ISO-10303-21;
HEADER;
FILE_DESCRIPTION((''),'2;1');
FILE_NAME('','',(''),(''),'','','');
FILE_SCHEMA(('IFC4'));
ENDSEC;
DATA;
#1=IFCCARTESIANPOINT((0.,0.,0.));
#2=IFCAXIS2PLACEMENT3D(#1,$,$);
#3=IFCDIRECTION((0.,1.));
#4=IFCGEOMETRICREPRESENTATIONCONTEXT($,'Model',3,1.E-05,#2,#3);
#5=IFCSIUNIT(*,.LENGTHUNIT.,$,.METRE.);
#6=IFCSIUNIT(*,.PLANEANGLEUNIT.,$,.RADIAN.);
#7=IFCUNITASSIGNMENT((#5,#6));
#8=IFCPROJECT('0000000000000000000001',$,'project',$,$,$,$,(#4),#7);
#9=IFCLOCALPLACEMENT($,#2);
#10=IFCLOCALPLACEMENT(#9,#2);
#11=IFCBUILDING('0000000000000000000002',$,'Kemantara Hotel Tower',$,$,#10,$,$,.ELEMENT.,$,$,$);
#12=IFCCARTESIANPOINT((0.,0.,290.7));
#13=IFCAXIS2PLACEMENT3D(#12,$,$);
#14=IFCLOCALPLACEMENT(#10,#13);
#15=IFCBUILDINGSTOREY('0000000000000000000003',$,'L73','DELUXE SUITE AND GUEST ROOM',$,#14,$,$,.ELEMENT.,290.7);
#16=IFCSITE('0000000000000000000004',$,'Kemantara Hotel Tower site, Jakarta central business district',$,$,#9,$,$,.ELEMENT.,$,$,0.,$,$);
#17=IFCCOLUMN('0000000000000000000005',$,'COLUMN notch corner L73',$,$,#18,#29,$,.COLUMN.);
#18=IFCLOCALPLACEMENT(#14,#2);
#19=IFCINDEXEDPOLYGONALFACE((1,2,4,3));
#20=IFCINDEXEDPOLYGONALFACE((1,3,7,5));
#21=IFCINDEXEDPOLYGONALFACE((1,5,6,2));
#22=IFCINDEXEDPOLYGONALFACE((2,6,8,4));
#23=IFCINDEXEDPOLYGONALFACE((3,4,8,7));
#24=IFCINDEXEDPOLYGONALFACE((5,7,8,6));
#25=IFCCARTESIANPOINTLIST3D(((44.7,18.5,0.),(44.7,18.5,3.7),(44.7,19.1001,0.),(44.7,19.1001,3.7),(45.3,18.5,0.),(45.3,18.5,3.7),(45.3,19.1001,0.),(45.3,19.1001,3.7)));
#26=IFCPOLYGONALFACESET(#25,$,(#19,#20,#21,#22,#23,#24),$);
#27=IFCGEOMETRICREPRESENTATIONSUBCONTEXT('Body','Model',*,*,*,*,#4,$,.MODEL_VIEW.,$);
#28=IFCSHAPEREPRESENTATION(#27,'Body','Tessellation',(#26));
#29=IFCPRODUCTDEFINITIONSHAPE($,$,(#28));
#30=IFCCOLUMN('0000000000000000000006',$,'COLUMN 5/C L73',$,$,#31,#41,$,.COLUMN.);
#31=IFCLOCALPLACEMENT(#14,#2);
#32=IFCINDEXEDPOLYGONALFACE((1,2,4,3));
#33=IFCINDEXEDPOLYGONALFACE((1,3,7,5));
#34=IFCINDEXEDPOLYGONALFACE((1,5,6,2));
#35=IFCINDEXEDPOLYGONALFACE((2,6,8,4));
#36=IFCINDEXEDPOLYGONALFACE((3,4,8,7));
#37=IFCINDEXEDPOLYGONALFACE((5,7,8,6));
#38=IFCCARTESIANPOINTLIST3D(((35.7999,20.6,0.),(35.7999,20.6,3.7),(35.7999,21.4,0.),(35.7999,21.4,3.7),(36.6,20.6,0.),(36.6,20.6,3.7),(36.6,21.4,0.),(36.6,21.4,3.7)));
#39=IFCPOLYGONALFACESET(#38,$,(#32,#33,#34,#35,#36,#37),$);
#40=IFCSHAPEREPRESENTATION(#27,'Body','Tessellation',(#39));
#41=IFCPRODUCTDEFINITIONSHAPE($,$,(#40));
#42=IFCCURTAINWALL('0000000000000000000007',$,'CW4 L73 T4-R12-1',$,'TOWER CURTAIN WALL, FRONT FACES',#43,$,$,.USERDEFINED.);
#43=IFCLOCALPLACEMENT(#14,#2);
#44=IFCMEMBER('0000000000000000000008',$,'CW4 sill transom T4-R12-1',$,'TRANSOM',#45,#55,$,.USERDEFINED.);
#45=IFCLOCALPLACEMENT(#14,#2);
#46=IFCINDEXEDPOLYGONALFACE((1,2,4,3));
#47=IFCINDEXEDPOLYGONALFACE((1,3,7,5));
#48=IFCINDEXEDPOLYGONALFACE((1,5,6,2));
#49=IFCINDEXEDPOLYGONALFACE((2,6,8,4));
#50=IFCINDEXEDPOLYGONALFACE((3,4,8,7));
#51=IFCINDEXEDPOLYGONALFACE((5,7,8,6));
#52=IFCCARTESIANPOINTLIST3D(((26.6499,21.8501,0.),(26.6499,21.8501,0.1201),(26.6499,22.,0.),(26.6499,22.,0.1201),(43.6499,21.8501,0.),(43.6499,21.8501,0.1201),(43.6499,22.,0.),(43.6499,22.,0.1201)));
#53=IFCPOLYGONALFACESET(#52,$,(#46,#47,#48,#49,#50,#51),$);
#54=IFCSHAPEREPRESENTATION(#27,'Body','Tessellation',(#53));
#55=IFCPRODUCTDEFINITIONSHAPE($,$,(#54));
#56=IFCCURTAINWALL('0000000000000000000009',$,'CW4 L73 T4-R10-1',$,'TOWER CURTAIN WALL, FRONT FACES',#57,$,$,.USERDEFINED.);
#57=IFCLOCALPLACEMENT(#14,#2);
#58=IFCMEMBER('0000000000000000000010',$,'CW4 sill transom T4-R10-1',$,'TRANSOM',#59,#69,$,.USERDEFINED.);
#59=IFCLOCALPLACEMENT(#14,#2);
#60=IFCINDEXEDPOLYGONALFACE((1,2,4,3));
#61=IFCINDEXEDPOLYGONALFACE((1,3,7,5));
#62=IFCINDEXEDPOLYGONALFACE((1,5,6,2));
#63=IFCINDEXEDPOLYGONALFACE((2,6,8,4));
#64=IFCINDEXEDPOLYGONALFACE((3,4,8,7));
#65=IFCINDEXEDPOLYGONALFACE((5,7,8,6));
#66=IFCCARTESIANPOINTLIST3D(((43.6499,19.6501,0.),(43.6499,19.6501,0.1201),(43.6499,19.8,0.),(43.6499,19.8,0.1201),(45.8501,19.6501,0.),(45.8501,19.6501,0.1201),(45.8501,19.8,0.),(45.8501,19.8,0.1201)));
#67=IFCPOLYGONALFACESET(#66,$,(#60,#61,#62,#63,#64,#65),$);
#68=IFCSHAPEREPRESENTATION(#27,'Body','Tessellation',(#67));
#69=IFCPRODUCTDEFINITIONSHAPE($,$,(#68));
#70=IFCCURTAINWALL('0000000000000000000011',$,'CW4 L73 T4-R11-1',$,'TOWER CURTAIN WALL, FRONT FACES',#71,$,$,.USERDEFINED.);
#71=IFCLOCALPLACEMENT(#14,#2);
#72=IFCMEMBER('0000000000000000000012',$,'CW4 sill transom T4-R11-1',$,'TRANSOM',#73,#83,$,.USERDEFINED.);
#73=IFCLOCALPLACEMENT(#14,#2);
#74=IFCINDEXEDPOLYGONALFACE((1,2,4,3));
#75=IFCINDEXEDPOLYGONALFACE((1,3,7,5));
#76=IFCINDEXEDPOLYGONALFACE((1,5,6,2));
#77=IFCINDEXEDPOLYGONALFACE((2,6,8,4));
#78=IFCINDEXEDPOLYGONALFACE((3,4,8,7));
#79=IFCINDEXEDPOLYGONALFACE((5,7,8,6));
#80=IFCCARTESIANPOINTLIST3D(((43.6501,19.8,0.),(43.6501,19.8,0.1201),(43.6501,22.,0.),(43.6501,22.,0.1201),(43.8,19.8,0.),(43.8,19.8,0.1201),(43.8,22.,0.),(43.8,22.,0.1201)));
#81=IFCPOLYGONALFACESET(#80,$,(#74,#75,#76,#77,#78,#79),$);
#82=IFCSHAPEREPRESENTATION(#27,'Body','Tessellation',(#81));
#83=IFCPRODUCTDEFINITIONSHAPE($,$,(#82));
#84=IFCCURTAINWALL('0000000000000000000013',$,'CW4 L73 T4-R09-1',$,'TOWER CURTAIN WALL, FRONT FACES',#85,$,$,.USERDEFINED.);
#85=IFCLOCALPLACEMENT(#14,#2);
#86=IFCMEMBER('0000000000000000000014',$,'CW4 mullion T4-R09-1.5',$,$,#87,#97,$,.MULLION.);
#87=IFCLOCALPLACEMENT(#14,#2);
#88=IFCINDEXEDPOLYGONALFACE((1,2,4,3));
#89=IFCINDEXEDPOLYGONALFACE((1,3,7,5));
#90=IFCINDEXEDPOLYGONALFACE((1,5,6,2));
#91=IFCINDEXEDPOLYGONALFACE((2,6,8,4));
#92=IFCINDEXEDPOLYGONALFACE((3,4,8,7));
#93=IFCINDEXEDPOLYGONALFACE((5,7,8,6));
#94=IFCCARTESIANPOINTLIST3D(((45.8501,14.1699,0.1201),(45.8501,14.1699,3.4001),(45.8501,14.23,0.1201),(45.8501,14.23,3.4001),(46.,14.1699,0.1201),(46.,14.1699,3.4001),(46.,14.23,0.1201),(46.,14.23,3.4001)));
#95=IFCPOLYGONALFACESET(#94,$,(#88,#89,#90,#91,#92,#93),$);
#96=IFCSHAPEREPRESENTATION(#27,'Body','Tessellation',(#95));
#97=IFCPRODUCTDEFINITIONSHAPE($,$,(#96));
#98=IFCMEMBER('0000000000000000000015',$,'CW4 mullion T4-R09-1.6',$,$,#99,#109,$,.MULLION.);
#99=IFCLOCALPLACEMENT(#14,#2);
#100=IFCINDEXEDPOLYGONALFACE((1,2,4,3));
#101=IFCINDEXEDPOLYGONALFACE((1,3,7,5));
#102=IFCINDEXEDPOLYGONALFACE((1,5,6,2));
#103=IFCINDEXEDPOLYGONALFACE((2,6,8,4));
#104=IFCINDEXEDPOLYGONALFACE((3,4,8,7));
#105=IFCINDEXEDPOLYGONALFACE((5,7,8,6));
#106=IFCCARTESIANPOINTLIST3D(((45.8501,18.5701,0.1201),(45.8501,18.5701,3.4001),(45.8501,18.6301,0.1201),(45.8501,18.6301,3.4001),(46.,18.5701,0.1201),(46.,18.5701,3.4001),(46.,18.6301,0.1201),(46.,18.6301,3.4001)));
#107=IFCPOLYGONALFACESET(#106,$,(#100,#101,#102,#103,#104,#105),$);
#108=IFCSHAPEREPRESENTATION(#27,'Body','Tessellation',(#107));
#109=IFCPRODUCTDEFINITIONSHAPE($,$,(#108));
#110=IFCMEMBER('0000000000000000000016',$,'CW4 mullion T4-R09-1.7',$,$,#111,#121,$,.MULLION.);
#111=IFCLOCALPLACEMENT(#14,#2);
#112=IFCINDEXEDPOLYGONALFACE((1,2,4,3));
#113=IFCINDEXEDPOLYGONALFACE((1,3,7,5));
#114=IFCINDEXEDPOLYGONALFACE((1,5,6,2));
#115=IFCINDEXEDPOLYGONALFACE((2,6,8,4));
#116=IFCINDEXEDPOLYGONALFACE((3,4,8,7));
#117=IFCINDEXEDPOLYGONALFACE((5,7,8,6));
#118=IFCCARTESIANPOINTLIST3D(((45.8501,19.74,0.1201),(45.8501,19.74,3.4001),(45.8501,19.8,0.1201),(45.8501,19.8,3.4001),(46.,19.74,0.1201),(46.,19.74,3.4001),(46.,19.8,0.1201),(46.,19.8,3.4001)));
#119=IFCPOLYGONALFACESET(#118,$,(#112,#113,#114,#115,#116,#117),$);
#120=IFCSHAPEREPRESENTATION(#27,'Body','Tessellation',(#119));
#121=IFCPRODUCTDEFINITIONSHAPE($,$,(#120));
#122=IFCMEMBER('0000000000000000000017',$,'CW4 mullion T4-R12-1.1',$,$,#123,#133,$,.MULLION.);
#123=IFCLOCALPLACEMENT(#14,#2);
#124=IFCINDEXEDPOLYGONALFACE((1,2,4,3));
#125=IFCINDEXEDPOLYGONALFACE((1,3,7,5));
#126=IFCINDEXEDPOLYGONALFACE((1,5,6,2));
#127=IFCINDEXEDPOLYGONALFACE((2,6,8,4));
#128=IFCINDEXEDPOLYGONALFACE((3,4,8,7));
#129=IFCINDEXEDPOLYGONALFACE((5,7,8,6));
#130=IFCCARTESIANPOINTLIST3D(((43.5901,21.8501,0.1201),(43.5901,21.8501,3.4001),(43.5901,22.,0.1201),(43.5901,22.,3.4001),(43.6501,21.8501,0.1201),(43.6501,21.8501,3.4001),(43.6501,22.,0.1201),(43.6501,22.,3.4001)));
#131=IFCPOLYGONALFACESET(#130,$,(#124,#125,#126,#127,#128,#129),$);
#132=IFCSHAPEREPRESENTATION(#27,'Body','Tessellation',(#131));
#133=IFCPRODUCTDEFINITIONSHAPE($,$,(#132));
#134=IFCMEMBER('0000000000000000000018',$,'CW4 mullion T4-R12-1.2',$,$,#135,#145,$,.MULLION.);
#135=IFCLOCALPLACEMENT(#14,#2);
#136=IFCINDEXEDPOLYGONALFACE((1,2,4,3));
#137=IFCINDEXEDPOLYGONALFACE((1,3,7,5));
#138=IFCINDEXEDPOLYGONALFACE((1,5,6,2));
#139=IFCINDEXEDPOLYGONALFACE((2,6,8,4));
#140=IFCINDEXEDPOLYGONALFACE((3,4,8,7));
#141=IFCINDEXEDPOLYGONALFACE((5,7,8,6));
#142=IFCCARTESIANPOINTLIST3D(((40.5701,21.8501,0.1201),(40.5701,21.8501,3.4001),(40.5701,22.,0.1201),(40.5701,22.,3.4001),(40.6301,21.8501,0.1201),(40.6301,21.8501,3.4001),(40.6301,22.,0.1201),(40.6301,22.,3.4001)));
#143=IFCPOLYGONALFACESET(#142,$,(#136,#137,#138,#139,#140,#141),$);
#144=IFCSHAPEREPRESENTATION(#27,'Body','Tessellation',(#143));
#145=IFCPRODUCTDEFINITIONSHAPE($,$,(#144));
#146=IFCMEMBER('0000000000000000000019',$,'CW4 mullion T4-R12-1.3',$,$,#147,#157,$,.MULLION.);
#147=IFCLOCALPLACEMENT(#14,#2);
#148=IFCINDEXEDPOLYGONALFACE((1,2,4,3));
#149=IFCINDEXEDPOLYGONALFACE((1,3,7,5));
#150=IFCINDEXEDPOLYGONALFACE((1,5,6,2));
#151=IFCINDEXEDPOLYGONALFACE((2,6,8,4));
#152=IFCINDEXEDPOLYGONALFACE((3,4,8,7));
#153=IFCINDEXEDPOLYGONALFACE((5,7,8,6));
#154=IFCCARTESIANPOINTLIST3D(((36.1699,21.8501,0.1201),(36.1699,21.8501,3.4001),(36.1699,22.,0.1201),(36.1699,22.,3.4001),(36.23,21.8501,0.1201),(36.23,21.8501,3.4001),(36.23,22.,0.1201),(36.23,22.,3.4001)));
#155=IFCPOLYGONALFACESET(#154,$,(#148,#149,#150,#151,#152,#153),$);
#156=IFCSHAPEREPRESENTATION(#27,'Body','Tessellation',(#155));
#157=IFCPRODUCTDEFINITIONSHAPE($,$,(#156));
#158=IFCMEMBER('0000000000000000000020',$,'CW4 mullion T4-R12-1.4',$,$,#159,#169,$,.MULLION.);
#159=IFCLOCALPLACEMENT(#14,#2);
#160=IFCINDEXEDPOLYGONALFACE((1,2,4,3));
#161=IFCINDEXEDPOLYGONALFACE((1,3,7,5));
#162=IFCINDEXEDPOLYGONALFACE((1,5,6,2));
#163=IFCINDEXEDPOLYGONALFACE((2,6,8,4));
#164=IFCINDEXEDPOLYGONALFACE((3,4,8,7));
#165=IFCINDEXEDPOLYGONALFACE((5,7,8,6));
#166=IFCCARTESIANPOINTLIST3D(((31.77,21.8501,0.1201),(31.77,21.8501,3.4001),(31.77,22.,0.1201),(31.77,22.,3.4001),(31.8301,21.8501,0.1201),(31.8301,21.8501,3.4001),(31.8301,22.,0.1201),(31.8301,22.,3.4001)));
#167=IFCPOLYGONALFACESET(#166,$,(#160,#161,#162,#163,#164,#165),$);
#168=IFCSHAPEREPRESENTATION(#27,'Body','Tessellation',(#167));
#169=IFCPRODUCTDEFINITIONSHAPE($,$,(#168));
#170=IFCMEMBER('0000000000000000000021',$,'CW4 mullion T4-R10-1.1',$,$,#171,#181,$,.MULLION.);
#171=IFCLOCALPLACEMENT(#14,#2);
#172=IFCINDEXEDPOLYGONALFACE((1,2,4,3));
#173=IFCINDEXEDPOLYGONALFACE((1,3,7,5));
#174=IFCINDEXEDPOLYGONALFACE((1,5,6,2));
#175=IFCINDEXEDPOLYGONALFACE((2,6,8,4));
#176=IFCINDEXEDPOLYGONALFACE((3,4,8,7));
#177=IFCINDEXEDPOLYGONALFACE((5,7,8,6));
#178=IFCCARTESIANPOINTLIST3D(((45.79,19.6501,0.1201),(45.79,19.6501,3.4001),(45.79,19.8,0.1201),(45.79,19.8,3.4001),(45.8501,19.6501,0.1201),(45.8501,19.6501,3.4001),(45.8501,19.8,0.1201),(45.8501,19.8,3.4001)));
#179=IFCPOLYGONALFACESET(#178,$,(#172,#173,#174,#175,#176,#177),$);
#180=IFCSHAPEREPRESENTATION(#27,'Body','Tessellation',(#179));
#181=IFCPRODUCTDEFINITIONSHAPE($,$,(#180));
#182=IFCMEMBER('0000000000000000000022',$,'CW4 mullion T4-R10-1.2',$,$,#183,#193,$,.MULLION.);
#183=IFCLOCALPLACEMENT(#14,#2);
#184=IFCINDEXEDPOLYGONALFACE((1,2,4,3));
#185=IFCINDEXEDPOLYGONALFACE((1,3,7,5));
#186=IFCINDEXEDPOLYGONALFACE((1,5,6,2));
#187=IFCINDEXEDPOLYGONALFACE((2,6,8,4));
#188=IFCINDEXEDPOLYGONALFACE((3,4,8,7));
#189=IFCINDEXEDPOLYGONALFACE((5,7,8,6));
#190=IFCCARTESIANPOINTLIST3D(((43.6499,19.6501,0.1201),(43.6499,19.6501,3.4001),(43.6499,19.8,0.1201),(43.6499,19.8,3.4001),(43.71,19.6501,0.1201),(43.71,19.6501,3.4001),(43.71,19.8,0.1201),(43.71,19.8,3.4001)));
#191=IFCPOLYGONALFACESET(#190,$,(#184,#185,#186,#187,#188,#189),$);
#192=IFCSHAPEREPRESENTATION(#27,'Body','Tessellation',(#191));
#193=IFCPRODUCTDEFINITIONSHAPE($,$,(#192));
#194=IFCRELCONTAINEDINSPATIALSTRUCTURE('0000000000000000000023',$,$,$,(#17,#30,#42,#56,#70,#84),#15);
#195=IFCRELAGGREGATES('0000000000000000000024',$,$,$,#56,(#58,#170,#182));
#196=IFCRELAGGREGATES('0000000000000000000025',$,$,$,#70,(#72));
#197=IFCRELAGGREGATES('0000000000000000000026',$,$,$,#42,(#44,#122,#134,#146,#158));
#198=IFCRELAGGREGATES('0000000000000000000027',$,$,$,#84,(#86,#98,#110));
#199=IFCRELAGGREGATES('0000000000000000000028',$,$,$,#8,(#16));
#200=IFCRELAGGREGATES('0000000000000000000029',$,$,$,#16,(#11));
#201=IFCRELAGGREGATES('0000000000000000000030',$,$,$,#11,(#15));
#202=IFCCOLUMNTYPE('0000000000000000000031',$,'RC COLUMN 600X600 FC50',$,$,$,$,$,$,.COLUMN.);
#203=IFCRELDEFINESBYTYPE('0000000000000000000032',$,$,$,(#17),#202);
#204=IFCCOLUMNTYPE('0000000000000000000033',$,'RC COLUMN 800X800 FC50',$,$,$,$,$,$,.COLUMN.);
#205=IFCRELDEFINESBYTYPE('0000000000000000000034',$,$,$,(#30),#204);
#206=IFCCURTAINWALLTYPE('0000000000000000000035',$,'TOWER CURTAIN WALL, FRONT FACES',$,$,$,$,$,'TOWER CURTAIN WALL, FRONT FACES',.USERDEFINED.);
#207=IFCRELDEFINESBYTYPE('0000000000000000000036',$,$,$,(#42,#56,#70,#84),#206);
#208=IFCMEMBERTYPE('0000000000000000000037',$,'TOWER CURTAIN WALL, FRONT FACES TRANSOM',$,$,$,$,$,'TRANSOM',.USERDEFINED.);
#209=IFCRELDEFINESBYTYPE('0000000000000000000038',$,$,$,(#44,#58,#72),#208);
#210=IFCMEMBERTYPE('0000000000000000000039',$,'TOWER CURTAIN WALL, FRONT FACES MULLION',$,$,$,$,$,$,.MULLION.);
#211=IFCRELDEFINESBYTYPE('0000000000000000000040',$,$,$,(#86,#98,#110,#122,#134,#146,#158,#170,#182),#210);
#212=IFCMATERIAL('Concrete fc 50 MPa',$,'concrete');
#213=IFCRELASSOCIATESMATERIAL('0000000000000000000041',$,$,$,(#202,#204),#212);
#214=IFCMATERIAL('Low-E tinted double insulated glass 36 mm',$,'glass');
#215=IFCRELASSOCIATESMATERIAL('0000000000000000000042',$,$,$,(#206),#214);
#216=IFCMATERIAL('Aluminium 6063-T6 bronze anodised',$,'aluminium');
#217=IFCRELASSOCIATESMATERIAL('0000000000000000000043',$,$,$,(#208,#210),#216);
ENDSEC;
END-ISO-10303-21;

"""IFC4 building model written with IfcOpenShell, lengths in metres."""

from ifc_helpers import new_model, si_unit, direction, frame, origin, origin_2d, place, context, subcontext, project, spatial, rectangle, extrude, source, transform, mapped, material, material_profile, profile_set, type_object, element, aggregate, save


model = new_model("IFC4")

# Units and contexts
model_context = context("Model", 3, precision=1e-05, world=origin(), true_north=direction((0.0, 1.0)))
body_context = subcontext(model_context, "Body", "Model", "MODEL_VIEW")
ifc_project = project(units=[si_unit("LENGTHUNIT", "METRE"), si_unit("PLANEANGLEUNIT", "RADIAN")], contexts=[model_context])

# Site, building, storey
site_placement = place(None, origin())
site = spatial("IfcSite", under=ifc_project, at=site_placement, Name="Kemantara Hotel Tower site, Jakarta central business district", CompositionType="ELEMENT", RefElevation=0.0)
building_placement = place(site_placement, origin())
building = spatial("IfcBuilding", under=site, at=building_placement, Name="Kemantara Hotel Tower", CompositionType="ELEMENT")
storey_placement = place(building_placement, frame((0.0, 0.0, 290.7)))
storey = spatial("IfcBuildingStorey", under=building, at=storey_placement, Name="L73", Description="DELUXE SUITE AND GUEST ROOM", CompositionType="ELEMENT", Elevation=290.7)

# Columns
ifc_material_1 = material(Name="Concrete fc 50 MPa", Category="concrete")
ifc_material_profile_1 = material_profile(ifc_material_1, rectangle(XDim=0.6001, YDim=0.6001, at=origin_2d()), Name="RC 600X600")
ifc_profile_set_1 = profile_set([ifc_material_profile_1], Name="Concrete fc 50 MPa")
column_type_1 = type_object("IfcColumnType", Name="RC COLUMN 600X600 FC50", PredefinedType="COLUMN", material=ifc_profile_set_1)
column_1_placement = place(storey_placement, frame((45.0, 18.8, 0.0), z_axis=(0.0, 0.0, 1.0), x_axis=(1.0, 0.0, 0.0)))
element("IfcColumn", 1, at=column_1_placement, inside=storey, type_object=column_type_1, Name="COLUMN notch corner L73", PredefinedType="COLUMN", context=body_context, shape_type="SweptSolid", body=[
    extrude(rectangle(XDim=0.6001, YDim=0.6001, at=origin_2d()), origin(), (0.0, 0.0, 1.0), 3.7),
])
ifc_material_profile_2 = material_profile(ifc_material_1, rectangle(XDim=0.8, YDim=0.8, at=origin_2d()), Name="RC 800X800")
ifc_profile_set_2 = profile_set([ifc_material_profile_2], Name="Concrete fc 50 MPa")
column_type_2 = type_object("IfcColumnType", Name="RC COLUMN 800X800 FC50", PredefinedType="COLUMN", material=ifc_profile_set_2)
column_2_placement = place(storey_placement, frame((36.2, 21.0, 0.0), z_axis=(0.0, 0.0, 1.0), x_axis=(1.0, 0.0, 0.0)))
element("IfcColumn", 2, at=column_2_placement, inside=storey, type_object=column_type_2, Name="COLUMN 5/C L73", PredefinedType="COLUMN", context=body_context, shape_type="SweptSolid", body=[
    extrude(rectangle(XDim=0.8, YDim=0.8, at=origin_2d()), origin(), (0.0, 0.0, 1.0), 3.7),
])

# Curtain walls, members
ifc_material_2 = material(Name="Low-E tinted double insulated glass 36 mm", Category="glass")
curtain_wall_type = type_object("IfcCurtainWallType", Name="TOWER CURTAIN WALL, FRONT FACES", ElementType="TOWER CURTAIN WALL, FRONT FACES", PredefinedType="USERDEFINED", material=ifc_material_2)
curtain_wall_1_placement = place(storey_placement, origin())
curtain_wall_1 = element("IfcCurtainWall", 3, at=curtain_wall_1_placement, inside=storey, type_object=curtain_wall_type, Name="CW4 L73 T4-R12-1", ObjectType="TOWER CURTAIN WALL, FRONT FACES", PredefinedType="USERDEFINED")
ifc_material_3 = material(Name="Aluminium 6063-T6 bronze anodised", Category="aluminium")
ifc_material_profile_3 = material_profile(ifc_material_3, rectangle(XDim=0.1499, YDim=0.1201, at=origin_2d()), Name="TOWER CURTAIN WALL, FRONT FACES TRANSOM")
ifc_profile_set_3 = profile_set([ifc_material_profile_3], Name="Aluminium 6063-T6 bronze anodised")
member_type_1 = type_object("IfcMemberType", Name="TOWER CURTAIN WALL, FRONT FACES TRANSOM", ElementType="TRANSOM", PredefinedType="USERDEFINED", material=ifc_profile_set_3)
member_1_placement = place(storey_placement, frame((43.6499, 21.925, 0.0601), z_axis=(-1.0, 0.0, 0.0), x_axis=(0.0, -1.0, 0.0)))
member_1 = element("IfcMember", 4, at=member_1_placement, type_object=member_type_1, Name="CW4 sill transom T4-R12-1", ObjectType="TRANSOM", PredefinedType="USERDEFINED", context=body_context, shape_type="SweptSolid", body=[
    extrude(rectangle(XDim=0.1499, YDim=0.1201, at=origin_2d()), origin(), (0.0, 0.0, 1.0), 17.0),
])
curtain_wall_2_placement = place(storey_placement, origin())
curtain_wall_2 = element("IfcCurtainWall", 5, at=curtain_wall_2_placement, inside=storey, type_object=curtain_wall_type, Name="CW4 L73 T4-R10-1", ObjectType="TOWER CURTAIN WALL, FRONT FACES", PredefinedType="USERDEFINED")
member_2_placement = place(storey_placement, frame((45.8501, 19.7251, 0.0601), z_axis=(-1.0, 0.0, 0.0), x_axis=(0.0, -1.0, 0.0)))
member_2 = element("IfcMember", 6, at=member_2_placement, type_object=member_type_1, Name="CW4 sill transom T4-R10-1", ObjectType="TRANSOM", PredefinedType="USERDEFINED", context=body_context, shape_type="SweptSolid", body=[
    extrude(rectangle(XDim=0.1499, YDim=0.1201, at=origin_2d()), origin(), (0.0, 0.0, 1.0), 2.2002),
])
curtain_wall_3_placement = place(storey_placement, origin())
curtain_wall_3 = element("IfcCurtainWall", 7, at=curtain_wall_3_placement, inside=storey, type_object=curtain_wall_type, Name="CW4 L73 T4-R11-1", ObjectType="TOWER CURTAIN WALL, FRONT FACES", PredefinedType="USERDEFINED")
member_3_placement = place(storey_placement, frame((43.7251, 19.8, 0.0601), z_axis=(0.0, 1.0, 0.0), x_axis=(-1.0, 0.0, 0.0)))
member_3 = element("IfcMember", 8, at=member_3_placement, type_object=member_type_1, Name="CW4 sill transom T4-R11-1", ObjectType="TRANSOM", PredefinedType="USERDEFINED", context=body_context, shape_type="SweptSolid", body=[
    extrude(rectangle(XDim=0.1499, YDim=0.1201, at=origin_2d()), origin(), (0.0, 0.0, 1.0), 2.2),
])

# Curtain wall, members
curtain_wall_4_placement = place(storey_placement, origin())
curtain_wall_4 = element("IfcCurtainWall", 9, at=curtain_wall_4_placement, inside=storey, type_object=curtain_wall_type, Name="CW4 L73 T4-R09-1", ObjectType="TOWER CURTAIN WALL, FRONT FACES", PredefinedType="USERDEFINED")
ifc_material_profile_4 = material_profile(ifc_material_3, rectangle(XDim=0.1499, YDim=0.0601, at=origin_2d()), Name="TOWER CURTAIN WALL, FRONT FACES MULLION")
ifc_profile_set_4 = profile_set([ifc_material_profile_4], Name="Aluminium 6063-T6 bronze anodised")
member_type_2 = type_object("IfcMemberType", Name="TOWER CURTAIN WALL, FRONT FACES MULLION", PredefinedType="MULLION", material=ifc_profile_set_4)
shared_shape_1 = source(origin(), body_context, "Body", "SweptSolid", [
    extrude(rectangle(XDim=0.1499, YDim=0.0601, at=origin_2d()), origin(), (0.0, 0.0, 1.0), 3.28),
])
member_4_placement = place(storey_placement, frame((45.925, 14.2, 0.1201), z_axis=(0.0, 0.0, 1.0), x_axis=(-1.0, 0.0, 0.0)))
member_4 = element("IfcMember", 10, at=member_4_placement, type_object=member_type_2, Name="CW4 mullion T4-R09-1.5", PredefinedType="MULLION", context=body_context, shape_type="MappedRepresentation", body=[
    mapped(shared_shape_1, transform((0.0, 0.0, 0.0))),
])
member_5_placement = place(storey_placement, frame((45.925, 18.6001, 0.1201), z_axis=(0.0, 0.0, 1.0), x_axis=(-1.0, 0.0, 0.0)))
member_5 = element("IfcMember", 11, at=member_5_placement, type_object=member_type_2, Name="CW4 mullion T4-R09-1.6", PredefinedType="MULLION", context=body_context, shape_type="MappedRepresentation", body=[
    mapped(shared_shape_1, transform((0.0, 0.0, 0.0))),
])
member_6_placement = place(storey_placement, frame((45.925, 19.77, 0.1201), z_axis=(0.0, 0.0, 1.0), x_axis=(-1.0, 0.0, 0.0)))
member_6 = element("IfcMember", 12, at=member_6_placement, type_object=member_type_2, Name="CW4 mullion T4-R09-1.7", PredefinedType="MULLION", context=body_context, shape_type="MappedRepresentation", body=[
    mapped(shared_shape_1, transform((0.0, 0.0, 0.0))),
])

# Members
member_7_placement = place(storey_placement, frame((43.6201, 21.925, 0.1201), z_axis=(0.0, 0.0, 1.0), x_axis=(0.0, -1.0, 0.0)))
member_7 = element("IfcMember", 13, at=member_7_placement, type_object=member_type_2, Name="CW4 mullion T4-R12-1.1", PredefinedType="MULLION", context=body_context, shape_type="MappedRepresentation", body=[
    mapped(shared_shape_1, transform((0.0, 0.0, 0.0))),
])
member_8_placement = place(storey_placement, frame((40.6001, 21.925, 0.1201), z_axis=(0.0, 0.0, 1.0), x_axis=(0.0, -1.0, 0.0)))
member_8 = element("IfcMember", 14, at=member_8_placement, type_object=member_type_2, Name="CW4 mullion T4-R12-1.2", PredefinedType="MULLION", context=body_context, shape_type="MappedRepresentation", body=[
    mapped(shared_shape_1, transform((0.0, 0.0, 0.0))),
])
member_9_placement = place(storey_placement, frame((36.2, 21.925, 0.1201), z_axis=(0.0, 0.0, 1.0), x_axis=(0.0, -1.0, 0.0)))
member_9 = element("IfcMember", 15, at=member_9_placement, type_object=member_type_2, Name="CW4 mullion T4-R12-1.3", PredefinedType="MULLION", context=body_context, shape_type="MappedRepresentation", body=[
    mapped(shared_shape_1, transform((0.0, 0.0, 0.0))),
])
member_10_placement = place(storey_placement, frame((31.8, 21.925, 0.1201), z_axis=(0.0, 0.0, 1.0), x_axis=(0.0, -1.0, 0.0)))
member_10 = element("IfcMember", 16, at=member_10_placement, type_object=member_type_2, Name="CW4 mullion T4-R12-1.4", PredefinedType="MULLION", context=body_context, shape_type="MappedRepresentation", body=[
    mapped(shared_shape_1, transform((0.0, 0.0, 0.0))),
])
member_11_placement = place(storey_placement, frame((45.8201, 19.7251, 0.1201), z_axis=(0.0, 0.0, 1.0), x_axis=(0.0, -1.0, 0.0)))
member_11 = element("IfcMember", 17, at=member_11_placement, type_object=member_type_2, Name="CW4 mullion T4-R10-1.1", PredefinedType="MULLION", context=body_context, shape_type="MappedRepresentation", body=[
    mapped(shared_shape_1, transform((0.0, 0.0, 0.0))),
])
member_12_placement = place(storey_placement, frame((43.6799, 19.7251, 0.1201), z_axis=(0.0, 0.0, 1.0), x_axis=(0.0, -1.0, 0.0)))
member_12 = element("IfcMember", 18, at=member_12_placement, type_object=member_type_2, Name="CW4 mullion T4-R10-1.2", PredefinedType="MULLION", context=body_context, shape_type="MappedRepresentation", body=[
    mapped(shared_shape_1, transform((0.0, 0.0, 0.0))),
])

aggregate(curtain_wall_2, [member_2, member_11, member_12])
aggregate(curtain_wall_3, [member_3])
aggregate(curtain_wall_1, [member_1, member_7, member_8, member_9, member_10])
aggregate(curtain_wall_4, [member_4, member_5, member_6])

save(model, "model.ifc")
